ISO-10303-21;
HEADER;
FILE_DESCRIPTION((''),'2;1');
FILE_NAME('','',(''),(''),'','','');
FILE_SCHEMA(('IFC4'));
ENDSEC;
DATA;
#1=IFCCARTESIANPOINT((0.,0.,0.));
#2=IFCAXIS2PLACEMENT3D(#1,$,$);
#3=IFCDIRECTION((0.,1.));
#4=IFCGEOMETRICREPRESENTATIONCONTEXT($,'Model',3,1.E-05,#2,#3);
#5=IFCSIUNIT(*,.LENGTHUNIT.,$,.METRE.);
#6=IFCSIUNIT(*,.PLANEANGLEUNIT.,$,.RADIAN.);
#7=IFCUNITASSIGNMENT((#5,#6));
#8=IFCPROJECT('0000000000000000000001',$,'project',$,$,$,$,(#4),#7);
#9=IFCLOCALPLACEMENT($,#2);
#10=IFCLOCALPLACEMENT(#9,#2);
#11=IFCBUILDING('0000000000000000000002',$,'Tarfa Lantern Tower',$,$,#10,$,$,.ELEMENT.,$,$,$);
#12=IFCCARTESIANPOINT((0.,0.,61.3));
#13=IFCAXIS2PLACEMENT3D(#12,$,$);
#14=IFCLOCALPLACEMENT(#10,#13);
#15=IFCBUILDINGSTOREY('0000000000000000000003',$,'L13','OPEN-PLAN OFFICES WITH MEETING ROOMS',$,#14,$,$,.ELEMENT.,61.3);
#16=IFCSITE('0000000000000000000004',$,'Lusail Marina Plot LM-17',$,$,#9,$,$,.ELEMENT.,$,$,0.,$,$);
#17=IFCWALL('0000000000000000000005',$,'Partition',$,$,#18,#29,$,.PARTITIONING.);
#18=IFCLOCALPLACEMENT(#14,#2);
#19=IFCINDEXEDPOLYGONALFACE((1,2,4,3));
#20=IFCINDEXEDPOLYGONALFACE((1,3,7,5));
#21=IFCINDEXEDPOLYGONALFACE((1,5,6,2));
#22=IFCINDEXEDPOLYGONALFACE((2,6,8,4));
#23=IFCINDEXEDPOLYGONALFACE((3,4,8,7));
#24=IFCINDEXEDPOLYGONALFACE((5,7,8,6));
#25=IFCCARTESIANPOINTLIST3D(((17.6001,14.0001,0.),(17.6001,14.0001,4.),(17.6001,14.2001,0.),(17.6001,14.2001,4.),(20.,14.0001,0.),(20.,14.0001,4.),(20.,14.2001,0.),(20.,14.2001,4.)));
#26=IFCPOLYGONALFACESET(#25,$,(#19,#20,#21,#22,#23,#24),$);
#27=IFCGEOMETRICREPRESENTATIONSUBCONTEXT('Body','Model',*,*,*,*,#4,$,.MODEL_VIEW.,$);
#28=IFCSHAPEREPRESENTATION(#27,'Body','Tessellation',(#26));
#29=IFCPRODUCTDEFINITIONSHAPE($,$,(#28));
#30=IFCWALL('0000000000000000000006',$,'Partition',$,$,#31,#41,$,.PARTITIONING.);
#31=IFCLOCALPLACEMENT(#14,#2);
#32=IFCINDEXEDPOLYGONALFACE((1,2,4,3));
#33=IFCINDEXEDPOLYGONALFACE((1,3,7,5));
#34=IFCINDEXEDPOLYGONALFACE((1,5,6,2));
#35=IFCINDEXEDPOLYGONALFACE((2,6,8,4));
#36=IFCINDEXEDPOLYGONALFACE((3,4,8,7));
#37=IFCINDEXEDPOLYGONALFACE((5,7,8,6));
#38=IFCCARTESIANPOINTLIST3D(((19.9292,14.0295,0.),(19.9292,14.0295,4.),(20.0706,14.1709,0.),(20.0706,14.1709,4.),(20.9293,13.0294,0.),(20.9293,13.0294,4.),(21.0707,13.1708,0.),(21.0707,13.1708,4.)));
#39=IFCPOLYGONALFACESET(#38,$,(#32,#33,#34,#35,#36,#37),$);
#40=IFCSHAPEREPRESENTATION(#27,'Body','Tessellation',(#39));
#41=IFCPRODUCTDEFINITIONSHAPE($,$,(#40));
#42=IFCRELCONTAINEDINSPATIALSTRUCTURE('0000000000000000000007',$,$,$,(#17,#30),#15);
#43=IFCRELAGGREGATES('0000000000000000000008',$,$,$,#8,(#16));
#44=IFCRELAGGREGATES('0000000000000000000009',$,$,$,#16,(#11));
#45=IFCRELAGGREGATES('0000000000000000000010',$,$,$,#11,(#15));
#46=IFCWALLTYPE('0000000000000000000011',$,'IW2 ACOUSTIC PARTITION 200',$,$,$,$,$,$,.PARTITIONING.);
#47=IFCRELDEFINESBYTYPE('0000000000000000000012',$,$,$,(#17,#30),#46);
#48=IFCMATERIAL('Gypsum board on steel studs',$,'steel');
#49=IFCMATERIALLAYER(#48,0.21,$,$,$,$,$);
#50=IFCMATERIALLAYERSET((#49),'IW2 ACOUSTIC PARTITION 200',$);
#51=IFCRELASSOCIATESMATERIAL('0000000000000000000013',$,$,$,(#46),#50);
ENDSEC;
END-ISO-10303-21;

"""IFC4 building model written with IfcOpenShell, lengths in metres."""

from ifc_helpers import new_model, si_unit, direction, frame, frame_2d, origin, place, context, subcontext, project, spatial, rectangle, extrude, material, layer, layer_set, type_object, element, save


model = new_model("IFC4")

# Units and contexts
model_context = context("Model", 3, precision=1e-05, world=origin(), true_north=direction((0.0, 1.0)))
body_context = subcontext(model_context, "Body", "Model", "MODEL_VIEW")
ifc_project = project(units=[si_unit("LENGTHUNIT", "METRE"), si_unit("PLANEANGLEUNIT", "RADIAN")], contexts=[model_context])

# Site, building, storey
site_placement = place(None, origin())
site = spatial("IfcSite", under=ifc_project, at=site_placement, Name="Lusail Marina Plot LM-17", CompositionType="ELEMENT", RefElevation=0.0)
building_placement = place(site_placement, origin())
building = spatial("IfcBuilding", under=site, at=building_placement, Name="Tarfa Lantern Tower", CompositionType="ELEMENT")
storey_placement = place(building_placement, frame((0.0, 0.0, 61.3)))
storey = spatial("IfcBuildingStorey", under=building, at=storey_placement, Name="L13", Description="OPEN-PLAN OFFICES WITH MEETING ROOMS", CompositionType="ELEMENT", Elevation=61.3)

# Walls
ifc_material_1 = material(Name="Gypsum board on steel studs", Category="steel")
ifc_layer_1 = layer(ifc_material_1, 0.21)
ifc_layer_set_1 = layer_set([ifc_layer_1], Name="IW2 ACOUSTIC PARTITION 200")
wall_type_1 = type_object("IfcWallType", Name="IW2 ACOUSTIC PARTITION 200", PredefinedType="PARTITIONING", material=ifc_layer_set_1)
wall_1_placement = place(storey_placement, frame((17.6001, 14.1001, 0.0), z_axis=(0.0, 0.0, 1.0), x_axis=(1.0, 0.0, 0.0)))
element("IfcWall", 1, at=wall_1_placement, inside=storey, type_object=wall_type_1, Name="Partition", PredefinedType="PARTITIONING", context=body_context, shape_type="SweptSolid", body=[
    extrude(rectangle(XDim=2.3999, YDim=0.2, at=frame_2d((1.2, 0.0))), origin(), (0.0, 0.0, 1.0), 4.0),
])
wall_2_placement = place(storey_placement, frame((20.0, 14.1001, 0.0), z_axis=(0.0, 0.0, 1.0), x_axis=(0.707107, -0.707107, 0.0)))
element("IfcWall", 2, at=wall_2_placement, inside=storey, type_object=wall_type_1, Name="Partition", PredefinedType="PARTITIONING", context=body_context, shape_type="SweptSolid", body=[
    extrude(rectangle(XDim=1.4143, YDim=0.2, at=frame_2d((0.707, 0.0))), origin(), (0.0, 0.0, 1.0), 4.0),
])

save(model, "model.ifc")
